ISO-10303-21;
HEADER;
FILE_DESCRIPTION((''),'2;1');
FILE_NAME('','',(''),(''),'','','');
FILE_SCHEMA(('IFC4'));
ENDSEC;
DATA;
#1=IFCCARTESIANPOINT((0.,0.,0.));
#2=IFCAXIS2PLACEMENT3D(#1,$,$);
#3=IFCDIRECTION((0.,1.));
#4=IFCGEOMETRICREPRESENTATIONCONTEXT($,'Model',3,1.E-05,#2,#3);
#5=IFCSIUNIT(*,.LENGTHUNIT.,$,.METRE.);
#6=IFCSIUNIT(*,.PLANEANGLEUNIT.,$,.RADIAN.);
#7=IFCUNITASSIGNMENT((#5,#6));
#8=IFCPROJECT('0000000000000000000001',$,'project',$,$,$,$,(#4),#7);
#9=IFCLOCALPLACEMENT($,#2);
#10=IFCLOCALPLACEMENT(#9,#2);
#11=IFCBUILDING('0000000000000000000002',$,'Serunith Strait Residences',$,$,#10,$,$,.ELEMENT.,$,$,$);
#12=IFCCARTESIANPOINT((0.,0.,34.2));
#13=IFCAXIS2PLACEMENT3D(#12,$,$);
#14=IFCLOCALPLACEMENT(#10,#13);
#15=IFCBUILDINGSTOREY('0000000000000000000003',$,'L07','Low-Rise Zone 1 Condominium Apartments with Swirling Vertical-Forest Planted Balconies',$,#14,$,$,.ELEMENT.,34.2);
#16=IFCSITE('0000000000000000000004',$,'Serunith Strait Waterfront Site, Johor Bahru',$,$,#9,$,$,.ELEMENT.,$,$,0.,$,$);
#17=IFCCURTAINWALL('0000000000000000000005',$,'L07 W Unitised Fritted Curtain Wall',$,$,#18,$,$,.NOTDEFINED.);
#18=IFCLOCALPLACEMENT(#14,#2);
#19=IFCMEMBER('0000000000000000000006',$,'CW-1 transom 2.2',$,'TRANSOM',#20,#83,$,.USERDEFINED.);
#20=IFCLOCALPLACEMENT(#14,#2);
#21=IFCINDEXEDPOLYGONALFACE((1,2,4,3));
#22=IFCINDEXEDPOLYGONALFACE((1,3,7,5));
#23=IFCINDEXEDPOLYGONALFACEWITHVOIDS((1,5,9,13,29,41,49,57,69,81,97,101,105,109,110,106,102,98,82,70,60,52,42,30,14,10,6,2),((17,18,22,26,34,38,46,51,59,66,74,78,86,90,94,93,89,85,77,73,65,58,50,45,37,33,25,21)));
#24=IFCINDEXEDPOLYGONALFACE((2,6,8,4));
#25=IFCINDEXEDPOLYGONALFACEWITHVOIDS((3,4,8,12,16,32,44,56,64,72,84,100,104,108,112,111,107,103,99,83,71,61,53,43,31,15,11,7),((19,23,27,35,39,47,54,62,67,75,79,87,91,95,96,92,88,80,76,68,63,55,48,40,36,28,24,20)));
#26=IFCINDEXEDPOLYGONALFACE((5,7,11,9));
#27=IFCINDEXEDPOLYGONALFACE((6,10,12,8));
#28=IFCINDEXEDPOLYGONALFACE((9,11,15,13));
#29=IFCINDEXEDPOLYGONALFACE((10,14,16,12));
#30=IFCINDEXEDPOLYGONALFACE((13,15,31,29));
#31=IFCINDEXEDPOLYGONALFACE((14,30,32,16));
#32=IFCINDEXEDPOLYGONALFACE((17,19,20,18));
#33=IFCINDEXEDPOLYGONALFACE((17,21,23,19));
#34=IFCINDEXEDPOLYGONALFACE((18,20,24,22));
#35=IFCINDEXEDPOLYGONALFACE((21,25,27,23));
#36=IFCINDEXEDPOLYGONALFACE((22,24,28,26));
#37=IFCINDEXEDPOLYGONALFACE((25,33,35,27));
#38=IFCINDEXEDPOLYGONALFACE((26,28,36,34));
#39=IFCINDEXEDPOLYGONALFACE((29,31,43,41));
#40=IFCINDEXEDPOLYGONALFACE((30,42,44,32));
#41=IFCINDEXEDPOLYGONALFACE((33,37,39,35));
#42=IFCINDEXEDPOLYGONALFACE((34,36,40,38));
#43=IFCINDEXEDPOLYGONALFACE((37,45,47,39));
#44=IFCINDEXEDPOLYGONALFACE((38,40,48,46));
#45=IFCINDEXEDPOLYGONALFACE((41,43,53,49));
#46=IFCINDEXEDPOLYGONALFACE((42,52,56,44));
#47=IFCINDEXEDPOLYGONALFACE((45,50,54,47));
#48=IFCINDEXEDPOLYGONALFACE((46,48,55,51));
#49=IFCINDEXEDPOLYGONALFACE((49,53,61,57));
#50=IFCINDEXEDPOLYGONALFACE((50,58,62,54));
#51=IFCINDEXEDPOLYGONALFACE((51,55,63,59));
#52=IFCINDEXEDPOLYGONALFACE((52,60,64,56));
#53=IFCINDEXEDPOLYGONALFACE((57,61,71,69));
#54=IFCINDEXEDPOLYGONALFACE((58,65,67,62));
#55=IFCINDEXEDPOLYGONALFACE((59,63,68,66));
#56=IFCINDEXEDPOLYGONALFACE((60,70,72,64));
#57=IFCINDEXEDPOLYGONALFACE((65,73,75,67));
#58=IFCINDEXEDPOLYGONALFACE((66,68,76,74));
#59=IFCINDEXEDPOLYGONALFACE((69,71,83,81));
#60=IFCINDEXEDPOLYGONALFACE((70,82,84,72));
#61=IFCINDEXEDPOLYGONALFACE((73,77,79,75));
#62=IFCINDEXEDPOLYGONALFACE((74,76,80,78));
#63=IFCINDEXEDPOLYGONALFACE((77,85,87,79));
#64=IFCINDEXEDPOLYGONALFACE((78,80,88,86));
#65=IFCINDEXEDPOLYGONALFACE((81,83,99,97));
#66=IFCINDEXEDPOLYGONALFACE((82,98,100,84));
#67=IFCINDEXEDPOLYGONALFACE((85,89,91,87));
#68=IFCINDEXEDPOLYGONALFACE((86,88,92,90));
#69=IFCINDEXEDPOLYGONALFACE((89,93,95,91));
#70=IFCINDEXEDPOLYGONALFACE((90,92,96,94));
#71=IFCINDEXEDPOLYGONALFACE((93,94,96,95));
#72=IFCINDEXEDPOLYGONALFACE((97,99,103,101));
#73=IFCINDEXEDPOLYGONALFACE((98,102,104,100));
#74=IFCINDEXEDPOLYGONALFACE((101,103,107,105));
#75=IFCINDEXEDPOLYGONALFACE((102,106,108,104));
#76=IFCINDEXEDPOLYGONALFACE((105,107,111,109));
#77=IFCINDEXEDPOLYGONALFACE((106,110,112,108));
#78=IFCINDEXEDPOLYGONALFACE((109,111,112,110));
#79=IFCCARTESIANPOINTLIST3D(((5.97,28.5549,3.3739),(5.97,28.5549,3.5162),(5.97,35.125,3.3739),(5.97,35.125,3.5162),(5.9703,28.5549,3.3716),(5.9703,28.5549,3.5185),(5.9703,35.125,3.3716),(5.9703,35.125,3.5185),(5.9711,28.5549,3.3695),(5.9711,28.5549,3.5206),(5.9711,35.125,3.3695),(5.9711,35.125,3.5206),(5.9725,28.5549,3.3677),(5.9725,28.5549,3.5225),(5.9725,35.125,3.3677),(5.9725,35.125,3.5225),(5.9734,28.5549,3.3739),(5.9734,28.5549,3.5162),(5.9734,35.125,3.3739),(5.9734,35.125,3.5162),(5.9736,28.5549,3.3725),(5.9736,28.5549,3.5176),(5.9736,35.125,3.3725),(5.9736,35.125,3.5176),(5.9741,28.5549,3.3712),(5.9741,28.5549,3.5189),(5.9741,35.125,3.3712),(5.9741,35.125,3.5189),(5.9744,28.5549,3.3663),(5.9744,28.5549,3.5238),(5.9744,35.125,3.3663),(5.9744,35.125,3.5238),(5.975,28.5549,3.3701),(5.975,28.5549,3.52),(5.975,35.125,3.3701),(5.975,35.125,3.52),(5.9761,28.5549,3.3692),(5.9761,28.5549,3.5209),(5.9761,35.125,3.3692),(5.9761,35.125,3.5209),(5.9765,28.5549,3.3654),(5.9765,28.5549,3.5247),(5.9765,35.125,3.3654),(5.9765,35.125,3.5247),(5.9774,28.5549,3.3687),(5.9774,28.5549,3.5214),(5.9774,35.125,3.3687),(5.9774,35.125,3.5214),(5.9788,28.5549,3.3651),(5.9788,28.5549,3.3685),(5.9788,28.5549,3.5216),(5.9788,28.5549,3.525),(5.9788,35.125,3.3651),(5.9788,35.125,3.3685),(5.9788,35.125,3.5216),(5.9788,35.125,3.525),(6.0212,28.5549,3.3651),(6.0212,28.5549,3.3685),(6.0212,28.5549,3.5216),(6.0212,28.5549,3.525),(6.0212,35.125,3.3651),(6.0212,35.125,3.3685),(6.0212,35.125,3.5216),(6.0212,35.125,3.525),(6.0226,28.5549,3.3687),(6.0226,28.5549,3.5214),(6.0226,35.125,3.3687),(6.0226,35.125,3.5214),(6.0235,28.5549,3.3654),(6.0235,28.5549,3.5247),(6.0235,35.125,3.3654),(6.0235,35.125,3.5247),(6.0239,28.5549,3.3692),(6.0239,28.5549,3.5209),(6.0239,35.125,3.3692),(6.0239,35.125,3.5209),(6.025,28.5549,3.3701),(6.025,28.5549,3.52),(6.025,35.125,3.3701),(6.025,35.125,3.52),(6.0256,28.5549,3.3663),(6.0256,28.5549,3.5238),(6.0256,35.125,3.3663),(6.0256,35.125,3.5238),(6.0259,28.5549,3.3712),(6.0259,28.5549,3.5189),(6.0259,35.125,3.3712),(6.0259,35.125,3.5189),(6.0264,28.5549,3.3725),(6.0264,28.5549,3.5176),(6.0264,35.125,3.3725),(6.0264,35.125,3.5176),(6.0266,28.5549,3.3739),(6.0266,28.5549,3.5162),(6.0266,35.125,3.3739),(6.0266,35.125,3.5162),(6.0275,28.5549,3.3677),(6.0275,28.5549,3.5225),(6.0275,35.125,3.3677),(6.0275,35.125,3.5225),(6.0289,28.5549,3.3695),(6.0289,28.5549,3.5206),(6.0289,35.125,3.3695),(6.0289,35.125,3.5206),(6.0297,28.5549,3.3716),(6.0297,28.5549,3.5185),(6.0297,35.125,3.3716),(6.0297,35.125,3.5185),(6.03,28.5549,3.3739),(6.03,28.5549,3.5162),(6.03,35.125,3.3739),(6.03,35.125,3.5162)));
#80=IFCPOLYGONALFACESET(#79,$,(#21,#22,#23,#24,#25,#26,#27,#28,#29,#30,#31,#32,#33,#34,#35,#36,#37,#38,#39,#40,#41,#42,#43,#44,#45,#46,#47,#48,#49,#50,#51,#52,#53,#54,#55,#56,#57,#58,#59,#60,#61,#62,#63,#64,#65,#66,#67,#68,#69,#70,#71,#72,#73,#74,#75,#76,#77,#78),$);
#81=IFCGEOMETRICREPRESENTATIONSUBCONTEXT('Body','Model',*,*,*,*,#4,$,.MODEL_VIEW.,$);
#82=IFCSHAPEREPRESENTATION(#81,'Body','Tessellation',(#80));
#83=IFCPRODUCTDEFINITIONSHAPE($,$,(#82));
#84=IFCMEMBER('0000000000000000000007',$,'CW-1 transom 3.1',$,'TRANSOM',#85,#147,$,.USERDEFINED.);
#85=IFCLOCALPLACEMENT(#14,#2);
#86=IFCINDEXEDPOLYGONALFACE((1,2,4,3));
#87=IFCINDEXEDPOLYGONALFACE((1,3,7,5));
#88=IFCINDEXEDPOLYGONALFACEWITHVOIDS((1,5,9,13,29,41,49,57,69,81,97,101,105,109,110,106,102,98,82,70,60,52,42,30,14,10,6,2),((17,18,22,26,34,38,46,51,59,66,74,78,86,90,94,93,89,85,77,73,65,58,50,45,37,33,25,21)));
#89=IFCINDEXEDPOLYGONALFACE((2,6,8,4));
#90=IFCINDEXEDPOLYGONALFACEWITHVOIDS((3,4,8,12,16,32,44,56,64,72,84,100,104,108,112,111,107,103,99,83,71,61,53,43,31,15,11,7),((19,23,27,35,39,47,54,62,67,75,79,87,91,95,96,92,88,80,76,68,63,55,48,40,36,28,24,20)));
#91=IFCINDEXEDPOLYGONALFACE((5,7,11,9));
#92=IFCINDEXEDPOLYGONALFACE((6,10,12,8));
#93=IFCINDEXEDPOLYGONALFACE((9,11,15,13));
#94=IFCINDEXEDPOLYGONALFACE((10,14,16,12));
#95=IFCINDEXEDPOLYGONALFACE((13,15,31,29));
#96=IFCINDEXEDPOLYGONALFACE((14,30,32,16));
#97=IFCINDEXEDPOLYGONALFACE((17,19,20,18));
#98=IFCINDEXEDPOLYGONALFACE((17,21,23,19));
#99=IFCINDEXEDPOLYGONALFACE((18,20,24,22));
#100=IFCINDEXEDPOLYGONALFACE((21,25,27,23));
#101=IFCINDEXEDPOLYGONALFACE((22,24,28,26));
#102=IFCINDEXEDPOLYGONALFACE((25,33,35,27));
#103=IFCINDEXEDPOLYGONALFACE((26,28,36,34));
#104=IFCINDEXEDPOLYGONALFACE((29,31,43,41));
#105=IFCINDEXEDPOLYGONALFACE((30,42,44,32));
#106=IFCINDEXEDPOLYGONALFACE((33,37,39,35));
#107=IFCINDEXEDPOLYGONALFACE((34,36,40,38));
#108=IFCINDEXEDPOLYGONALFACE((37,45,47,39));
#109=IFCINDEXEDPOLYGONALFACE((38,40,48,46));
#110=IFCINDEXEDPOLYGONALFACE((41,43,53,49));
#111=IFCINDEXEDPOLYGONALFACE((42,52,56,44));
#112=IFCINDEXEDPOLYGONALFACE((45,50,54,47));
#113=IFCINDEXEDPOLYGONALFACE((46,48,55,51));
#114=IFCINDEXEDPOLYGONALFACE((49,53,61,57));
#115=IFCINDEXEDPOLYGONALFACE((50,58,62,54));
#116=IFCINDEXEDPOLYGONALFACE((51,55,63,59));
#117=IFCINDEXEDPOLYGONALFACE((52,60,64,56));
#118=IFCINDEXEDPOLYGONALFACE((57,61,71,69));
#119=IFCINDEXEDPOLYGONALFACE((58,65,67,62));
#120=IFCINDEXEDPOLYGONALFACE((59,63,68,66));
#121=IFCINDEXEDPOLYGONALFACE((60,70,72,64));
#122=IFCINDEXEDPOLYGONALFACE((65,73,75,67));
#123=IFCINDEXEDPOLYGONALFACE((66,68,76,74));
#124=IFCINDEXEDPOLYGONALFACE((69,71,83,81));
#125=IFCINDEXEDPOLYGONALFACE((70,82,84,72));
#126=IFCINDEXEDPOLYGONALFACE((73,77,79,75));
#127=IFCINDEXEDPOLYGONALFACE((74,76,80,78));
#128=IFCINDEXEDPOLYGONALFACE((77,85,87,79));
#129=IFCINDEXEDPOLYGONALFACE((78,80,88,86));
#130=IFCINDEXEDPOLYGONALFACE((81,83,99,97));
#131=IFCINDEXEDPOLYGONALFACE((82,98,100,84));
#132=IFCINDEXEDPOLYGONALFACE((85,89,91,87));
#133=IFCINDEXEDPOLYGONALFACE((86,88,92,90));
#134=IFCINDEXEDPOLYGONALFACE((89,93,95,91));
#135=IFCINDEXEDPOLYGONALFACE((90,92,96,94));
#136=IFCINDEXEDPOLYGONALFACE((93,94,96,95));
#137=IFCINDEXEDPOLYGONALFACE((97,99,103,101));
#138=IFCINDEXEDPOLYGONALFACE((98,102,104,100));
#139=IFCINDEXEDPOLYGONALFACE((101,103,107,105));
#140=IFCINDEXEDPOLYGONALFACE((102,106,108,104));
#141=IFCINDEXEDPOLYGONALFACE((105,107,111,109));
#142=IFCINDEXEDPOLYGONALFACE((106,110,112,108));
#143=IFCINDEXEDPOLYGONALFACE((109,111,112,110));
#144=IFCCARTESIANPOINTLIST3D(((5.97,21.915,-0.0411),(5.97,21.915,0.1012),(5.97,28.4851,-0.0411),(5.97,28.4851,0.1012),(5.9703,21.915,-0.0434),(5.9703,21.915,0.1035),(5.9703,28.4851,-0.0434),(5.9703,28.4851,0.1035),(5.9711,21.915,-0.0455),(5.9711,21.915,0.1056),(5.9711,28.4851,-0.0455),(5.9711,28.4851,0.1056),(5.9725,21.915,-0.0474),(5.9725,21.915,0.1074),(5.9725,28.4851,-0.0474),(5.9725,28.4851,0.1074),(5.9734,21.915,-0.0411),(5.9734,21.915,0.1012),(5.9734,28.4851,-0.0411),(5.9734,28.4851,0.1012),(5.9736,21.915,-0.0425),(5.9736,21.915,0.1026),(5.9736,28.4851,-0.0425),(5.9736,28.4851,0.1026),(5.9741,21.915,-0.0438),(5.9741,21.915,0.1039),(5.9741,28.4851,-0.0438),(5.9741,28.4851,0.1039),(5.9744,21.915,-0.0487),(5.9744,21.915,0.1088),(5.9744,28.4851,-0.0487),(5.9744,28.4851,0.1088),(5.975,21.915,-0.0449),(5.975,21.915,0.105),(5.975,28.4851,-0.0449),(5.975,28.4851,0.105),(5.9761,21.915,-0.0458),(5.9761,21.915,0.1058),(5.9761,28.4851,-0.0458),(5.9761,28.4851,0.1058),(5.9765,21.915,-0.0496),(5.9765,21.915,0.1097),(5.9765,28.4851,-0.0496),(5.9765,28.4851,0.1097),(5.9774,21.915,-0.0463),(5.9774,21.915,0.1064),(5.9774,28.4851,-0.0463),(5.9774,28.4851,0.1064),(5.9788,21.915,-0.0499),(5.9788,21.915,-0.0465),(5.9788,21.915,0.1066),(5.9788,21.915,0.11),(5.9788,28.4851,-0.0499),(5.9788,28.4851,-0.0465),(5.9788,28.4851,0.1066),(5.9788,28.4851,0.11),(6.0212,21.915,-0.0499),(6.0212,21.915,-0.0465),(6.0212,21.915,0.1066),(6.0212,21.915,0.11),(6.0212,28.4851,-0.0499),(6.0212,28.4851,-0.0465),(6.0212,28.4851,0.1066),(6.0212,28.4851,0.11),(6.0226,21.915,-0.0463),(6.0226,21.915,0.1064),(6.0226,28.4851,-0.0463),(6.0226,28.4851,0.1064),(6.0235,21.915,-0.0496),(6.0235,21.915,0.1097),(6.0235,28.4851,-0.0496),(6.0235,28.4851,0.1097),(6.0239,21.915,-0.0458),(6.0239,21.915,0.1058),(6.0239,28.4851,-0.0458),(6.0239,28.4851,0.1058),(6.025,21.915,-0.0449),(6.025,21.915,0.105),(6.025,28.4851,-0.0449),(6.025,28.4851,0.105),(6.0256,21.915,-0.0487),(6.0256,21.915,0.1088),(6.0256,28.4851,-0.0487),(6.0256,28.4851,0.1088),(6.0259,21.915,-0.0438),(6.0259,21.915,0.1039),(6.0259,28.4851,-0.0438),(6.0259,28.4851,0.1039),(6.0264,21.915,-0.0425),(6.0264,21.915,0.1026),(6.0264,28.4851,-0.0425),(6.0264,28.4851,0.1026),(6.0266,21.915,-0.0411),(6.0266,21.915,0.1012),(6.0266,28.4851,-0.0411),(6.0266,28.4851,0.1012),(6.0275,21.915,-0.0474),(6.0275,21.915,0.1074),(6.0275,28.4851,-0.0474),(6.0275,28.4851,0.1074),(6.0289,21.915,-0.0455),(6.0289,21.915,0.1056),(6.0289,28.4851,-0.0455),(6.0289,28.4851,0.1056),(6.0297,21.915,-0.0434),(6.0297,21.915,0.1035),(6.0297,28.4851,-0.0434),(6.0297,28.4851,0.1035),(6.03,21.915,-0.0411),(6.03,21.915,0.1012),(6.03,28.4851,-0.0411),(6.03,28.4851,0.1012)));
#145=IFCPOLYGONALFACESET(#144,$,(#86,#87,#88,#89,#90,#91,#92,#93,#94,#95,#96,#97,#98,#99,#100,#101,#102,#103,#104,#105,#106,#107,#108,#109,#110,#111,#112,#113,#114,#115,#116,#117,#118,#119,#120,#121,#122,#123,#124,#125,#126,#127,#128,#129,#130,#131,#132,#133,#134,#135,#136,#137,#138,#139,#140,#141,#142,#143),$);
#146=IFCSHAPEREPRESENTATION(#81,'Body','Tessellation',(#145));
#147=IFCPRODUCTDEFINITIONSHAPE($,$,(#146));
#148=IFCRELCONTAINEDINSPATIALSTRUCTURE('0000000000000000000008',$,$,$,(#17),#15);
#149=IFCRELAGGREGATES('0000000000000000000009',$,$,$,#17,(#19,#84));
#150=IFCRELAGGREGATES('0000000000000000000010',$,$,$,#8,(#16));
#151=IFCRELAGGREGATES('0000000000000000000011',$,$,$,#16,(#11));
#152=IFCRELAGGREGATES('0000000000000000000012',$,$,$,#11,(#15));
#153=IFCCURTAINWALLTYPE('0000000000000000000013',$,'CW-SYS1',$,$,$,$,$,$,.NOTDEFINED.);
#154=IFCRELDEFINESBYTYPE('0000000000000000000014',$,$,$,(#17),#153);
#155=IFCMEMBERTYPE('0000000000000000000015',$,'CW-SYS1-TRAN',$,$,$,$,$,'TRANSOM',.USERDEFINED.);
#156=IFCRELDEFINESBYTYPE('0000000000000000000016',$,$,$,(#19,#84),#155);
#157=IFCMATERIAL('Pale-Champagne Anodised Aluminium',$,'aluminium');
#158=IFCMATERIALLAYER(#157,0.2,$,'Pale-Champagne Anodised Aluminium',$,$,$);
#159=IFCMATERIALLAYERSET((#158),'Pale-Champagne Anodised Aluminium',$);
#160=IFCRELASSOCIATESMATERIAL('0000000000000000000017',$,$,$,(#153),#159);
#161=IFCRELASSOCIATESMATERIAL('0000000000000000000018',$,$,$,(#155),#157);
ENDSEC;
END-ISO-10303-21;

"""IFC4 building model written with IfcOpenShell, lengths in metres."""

from ifc_helpers import new_model, si_unit, direction, frame, origin, origin_2d, place, context, subcontext, project, spatial, hollow_rectangle, extrude, source, transform, mapped, material, layer, layer_set, material_profile, profile_set, type_object, element, aggregate, save


model = new_model("IFC4")

# Units and contexts
model_context = context("Model", 3, precision=1e-05, world=origin(), true_north=direction((0.0, 1.0)))
body_context = subcontext(model_context, "Body", "Model", "MODEL_VIEW")
ifc_project = project(units=[si_unit("LENGTHUNIT", "METRE"), si_unit("PLANEANGLEUNIT", "RADIAN")], contexts=[model_context])

# Site, building, storey
site_placement = place(None, origin())
site = spatial("IfcSite", under=ifc_project, at=site_placement, Name="Serunith Strait Waterfront Site, Johor Bahru", CompositionType="ELEMENT", RefElevation=0.0)
building_placement = place(site_placement, origin())
building = spatial("IfcBuilding", under=site, at=building_placement, Name="Serunith Strait Residences", CompositionType="ELEMENT")
storey_placement = place(building_placement, frame((0.0, 0.0, 34.2)))
storey = spatial("IfcBuildingStorey", under=building, at=storey_placement, Name="L07", Description="Low-Rise Zone 1 Condominium Apartments with Swirling Vertical-Forest Planted Balconies", CompositionType="ELEMENT", Elevation=34.2)

# Curtain wall, members
ifc_material_1 = material(Name="Pale-Champagne Anodised Aluminium", Category="aluminium")
ifc_layer_1 = layer(ifc_material_1, 0.2, Name="Pale-Champagne Anodised Aluminium")
ifc_layer_set_1 = layer_set([ifc_layer_1], Name="Pale-Champagne Anodised Aluminium")
curtain_wall_type = type_object("IfcCurtainWallType", Name="CW-SYS1", PredefinedType="NOTDEFINED", material=ifc_layer_set_1)
curtain_wall_placement = place(storey_placement, origin())
curtain_wall = element("IfcCurtainWall", 1, at=curtain_wall_placement, inside=storey, type_object=curtain_wall_type, Name="L07 W Unitised Fritted Curtain Wall", PredefinedType="NOTDEFINED")
ifc_material_profile_1 = material_profile(ifc_material_1, hollow_rectangle(XDim=0.0601, YDim=0.1599, WallThickness=0.0034, InnerFilletRadius=0.0054, OuterFilletRadius=0.0088, at=origin_2d()), Name="ALU 160x60x3.5")
ifc_profile_set_1 = profile_set([ifc_material_profile_1], Name="Pale-Champagne Anodised Aluminium")
member_type_1 = type_object("IfcMemberType", Name="CW-SYS1-TRAN", ElementType="TRANSOM", PredefinedType="USERDEFINED", material=ifc_profile_set_1)
shared_shape_1 = source(origin(), body_context, "Body", "SweptSolid", [
    extrude(hollow_rectangle(XDim=0.0601, YDim=0.1599, WallThickness=0.0034, InnerFilletRadius=0.0054, OuterFilletRadius=0.0088, at=origin_2d()), origin(), (0.0, 0.0, 1.0), 6.5701),
])
member_1_placement = place(storey_placement, frame((6.0, 35.125, 3.4451), z_axis=(0.0, -1.0, 0.0), x_axis=(1.0, 0.0, 0.0)))
member_1 = element("IfcMember", 2, at=member_1_placement, type_object=member_type_1, Name="CW-1 transom 2.2", ObjectType="TRANSOM", PredefinedType="USERDEFINED", context=body_context, shape_type="MappedRepresentation", body=[
    mapped(shared_shape_1, transform((0.0, 0.0, 0.0), scale=1.0)),
])
member_2_placement = place(storey_placement, frame((6.0, 28.4851, 0.03), z_axis=(0.0, -1.0, 0.0), x_axis=(1.0, 0.0, 0.0)))
member_2 = element("IfcMember", 3, at=member_2_placement, type_object=member_type_1, Name="CW-1 transom 3.1", ObjectType="TRANSOM", PredefinedType="USERDEFINED", context=body_context, shape_type="MappedRepresentation", body=[
    mapped(shared_shape_1, transform((0.0, 0.0, 0.0), scale=1.0)),
])
aggregate(curtain_wall, [member_1, member_2])

save(model, "model.ifc")
